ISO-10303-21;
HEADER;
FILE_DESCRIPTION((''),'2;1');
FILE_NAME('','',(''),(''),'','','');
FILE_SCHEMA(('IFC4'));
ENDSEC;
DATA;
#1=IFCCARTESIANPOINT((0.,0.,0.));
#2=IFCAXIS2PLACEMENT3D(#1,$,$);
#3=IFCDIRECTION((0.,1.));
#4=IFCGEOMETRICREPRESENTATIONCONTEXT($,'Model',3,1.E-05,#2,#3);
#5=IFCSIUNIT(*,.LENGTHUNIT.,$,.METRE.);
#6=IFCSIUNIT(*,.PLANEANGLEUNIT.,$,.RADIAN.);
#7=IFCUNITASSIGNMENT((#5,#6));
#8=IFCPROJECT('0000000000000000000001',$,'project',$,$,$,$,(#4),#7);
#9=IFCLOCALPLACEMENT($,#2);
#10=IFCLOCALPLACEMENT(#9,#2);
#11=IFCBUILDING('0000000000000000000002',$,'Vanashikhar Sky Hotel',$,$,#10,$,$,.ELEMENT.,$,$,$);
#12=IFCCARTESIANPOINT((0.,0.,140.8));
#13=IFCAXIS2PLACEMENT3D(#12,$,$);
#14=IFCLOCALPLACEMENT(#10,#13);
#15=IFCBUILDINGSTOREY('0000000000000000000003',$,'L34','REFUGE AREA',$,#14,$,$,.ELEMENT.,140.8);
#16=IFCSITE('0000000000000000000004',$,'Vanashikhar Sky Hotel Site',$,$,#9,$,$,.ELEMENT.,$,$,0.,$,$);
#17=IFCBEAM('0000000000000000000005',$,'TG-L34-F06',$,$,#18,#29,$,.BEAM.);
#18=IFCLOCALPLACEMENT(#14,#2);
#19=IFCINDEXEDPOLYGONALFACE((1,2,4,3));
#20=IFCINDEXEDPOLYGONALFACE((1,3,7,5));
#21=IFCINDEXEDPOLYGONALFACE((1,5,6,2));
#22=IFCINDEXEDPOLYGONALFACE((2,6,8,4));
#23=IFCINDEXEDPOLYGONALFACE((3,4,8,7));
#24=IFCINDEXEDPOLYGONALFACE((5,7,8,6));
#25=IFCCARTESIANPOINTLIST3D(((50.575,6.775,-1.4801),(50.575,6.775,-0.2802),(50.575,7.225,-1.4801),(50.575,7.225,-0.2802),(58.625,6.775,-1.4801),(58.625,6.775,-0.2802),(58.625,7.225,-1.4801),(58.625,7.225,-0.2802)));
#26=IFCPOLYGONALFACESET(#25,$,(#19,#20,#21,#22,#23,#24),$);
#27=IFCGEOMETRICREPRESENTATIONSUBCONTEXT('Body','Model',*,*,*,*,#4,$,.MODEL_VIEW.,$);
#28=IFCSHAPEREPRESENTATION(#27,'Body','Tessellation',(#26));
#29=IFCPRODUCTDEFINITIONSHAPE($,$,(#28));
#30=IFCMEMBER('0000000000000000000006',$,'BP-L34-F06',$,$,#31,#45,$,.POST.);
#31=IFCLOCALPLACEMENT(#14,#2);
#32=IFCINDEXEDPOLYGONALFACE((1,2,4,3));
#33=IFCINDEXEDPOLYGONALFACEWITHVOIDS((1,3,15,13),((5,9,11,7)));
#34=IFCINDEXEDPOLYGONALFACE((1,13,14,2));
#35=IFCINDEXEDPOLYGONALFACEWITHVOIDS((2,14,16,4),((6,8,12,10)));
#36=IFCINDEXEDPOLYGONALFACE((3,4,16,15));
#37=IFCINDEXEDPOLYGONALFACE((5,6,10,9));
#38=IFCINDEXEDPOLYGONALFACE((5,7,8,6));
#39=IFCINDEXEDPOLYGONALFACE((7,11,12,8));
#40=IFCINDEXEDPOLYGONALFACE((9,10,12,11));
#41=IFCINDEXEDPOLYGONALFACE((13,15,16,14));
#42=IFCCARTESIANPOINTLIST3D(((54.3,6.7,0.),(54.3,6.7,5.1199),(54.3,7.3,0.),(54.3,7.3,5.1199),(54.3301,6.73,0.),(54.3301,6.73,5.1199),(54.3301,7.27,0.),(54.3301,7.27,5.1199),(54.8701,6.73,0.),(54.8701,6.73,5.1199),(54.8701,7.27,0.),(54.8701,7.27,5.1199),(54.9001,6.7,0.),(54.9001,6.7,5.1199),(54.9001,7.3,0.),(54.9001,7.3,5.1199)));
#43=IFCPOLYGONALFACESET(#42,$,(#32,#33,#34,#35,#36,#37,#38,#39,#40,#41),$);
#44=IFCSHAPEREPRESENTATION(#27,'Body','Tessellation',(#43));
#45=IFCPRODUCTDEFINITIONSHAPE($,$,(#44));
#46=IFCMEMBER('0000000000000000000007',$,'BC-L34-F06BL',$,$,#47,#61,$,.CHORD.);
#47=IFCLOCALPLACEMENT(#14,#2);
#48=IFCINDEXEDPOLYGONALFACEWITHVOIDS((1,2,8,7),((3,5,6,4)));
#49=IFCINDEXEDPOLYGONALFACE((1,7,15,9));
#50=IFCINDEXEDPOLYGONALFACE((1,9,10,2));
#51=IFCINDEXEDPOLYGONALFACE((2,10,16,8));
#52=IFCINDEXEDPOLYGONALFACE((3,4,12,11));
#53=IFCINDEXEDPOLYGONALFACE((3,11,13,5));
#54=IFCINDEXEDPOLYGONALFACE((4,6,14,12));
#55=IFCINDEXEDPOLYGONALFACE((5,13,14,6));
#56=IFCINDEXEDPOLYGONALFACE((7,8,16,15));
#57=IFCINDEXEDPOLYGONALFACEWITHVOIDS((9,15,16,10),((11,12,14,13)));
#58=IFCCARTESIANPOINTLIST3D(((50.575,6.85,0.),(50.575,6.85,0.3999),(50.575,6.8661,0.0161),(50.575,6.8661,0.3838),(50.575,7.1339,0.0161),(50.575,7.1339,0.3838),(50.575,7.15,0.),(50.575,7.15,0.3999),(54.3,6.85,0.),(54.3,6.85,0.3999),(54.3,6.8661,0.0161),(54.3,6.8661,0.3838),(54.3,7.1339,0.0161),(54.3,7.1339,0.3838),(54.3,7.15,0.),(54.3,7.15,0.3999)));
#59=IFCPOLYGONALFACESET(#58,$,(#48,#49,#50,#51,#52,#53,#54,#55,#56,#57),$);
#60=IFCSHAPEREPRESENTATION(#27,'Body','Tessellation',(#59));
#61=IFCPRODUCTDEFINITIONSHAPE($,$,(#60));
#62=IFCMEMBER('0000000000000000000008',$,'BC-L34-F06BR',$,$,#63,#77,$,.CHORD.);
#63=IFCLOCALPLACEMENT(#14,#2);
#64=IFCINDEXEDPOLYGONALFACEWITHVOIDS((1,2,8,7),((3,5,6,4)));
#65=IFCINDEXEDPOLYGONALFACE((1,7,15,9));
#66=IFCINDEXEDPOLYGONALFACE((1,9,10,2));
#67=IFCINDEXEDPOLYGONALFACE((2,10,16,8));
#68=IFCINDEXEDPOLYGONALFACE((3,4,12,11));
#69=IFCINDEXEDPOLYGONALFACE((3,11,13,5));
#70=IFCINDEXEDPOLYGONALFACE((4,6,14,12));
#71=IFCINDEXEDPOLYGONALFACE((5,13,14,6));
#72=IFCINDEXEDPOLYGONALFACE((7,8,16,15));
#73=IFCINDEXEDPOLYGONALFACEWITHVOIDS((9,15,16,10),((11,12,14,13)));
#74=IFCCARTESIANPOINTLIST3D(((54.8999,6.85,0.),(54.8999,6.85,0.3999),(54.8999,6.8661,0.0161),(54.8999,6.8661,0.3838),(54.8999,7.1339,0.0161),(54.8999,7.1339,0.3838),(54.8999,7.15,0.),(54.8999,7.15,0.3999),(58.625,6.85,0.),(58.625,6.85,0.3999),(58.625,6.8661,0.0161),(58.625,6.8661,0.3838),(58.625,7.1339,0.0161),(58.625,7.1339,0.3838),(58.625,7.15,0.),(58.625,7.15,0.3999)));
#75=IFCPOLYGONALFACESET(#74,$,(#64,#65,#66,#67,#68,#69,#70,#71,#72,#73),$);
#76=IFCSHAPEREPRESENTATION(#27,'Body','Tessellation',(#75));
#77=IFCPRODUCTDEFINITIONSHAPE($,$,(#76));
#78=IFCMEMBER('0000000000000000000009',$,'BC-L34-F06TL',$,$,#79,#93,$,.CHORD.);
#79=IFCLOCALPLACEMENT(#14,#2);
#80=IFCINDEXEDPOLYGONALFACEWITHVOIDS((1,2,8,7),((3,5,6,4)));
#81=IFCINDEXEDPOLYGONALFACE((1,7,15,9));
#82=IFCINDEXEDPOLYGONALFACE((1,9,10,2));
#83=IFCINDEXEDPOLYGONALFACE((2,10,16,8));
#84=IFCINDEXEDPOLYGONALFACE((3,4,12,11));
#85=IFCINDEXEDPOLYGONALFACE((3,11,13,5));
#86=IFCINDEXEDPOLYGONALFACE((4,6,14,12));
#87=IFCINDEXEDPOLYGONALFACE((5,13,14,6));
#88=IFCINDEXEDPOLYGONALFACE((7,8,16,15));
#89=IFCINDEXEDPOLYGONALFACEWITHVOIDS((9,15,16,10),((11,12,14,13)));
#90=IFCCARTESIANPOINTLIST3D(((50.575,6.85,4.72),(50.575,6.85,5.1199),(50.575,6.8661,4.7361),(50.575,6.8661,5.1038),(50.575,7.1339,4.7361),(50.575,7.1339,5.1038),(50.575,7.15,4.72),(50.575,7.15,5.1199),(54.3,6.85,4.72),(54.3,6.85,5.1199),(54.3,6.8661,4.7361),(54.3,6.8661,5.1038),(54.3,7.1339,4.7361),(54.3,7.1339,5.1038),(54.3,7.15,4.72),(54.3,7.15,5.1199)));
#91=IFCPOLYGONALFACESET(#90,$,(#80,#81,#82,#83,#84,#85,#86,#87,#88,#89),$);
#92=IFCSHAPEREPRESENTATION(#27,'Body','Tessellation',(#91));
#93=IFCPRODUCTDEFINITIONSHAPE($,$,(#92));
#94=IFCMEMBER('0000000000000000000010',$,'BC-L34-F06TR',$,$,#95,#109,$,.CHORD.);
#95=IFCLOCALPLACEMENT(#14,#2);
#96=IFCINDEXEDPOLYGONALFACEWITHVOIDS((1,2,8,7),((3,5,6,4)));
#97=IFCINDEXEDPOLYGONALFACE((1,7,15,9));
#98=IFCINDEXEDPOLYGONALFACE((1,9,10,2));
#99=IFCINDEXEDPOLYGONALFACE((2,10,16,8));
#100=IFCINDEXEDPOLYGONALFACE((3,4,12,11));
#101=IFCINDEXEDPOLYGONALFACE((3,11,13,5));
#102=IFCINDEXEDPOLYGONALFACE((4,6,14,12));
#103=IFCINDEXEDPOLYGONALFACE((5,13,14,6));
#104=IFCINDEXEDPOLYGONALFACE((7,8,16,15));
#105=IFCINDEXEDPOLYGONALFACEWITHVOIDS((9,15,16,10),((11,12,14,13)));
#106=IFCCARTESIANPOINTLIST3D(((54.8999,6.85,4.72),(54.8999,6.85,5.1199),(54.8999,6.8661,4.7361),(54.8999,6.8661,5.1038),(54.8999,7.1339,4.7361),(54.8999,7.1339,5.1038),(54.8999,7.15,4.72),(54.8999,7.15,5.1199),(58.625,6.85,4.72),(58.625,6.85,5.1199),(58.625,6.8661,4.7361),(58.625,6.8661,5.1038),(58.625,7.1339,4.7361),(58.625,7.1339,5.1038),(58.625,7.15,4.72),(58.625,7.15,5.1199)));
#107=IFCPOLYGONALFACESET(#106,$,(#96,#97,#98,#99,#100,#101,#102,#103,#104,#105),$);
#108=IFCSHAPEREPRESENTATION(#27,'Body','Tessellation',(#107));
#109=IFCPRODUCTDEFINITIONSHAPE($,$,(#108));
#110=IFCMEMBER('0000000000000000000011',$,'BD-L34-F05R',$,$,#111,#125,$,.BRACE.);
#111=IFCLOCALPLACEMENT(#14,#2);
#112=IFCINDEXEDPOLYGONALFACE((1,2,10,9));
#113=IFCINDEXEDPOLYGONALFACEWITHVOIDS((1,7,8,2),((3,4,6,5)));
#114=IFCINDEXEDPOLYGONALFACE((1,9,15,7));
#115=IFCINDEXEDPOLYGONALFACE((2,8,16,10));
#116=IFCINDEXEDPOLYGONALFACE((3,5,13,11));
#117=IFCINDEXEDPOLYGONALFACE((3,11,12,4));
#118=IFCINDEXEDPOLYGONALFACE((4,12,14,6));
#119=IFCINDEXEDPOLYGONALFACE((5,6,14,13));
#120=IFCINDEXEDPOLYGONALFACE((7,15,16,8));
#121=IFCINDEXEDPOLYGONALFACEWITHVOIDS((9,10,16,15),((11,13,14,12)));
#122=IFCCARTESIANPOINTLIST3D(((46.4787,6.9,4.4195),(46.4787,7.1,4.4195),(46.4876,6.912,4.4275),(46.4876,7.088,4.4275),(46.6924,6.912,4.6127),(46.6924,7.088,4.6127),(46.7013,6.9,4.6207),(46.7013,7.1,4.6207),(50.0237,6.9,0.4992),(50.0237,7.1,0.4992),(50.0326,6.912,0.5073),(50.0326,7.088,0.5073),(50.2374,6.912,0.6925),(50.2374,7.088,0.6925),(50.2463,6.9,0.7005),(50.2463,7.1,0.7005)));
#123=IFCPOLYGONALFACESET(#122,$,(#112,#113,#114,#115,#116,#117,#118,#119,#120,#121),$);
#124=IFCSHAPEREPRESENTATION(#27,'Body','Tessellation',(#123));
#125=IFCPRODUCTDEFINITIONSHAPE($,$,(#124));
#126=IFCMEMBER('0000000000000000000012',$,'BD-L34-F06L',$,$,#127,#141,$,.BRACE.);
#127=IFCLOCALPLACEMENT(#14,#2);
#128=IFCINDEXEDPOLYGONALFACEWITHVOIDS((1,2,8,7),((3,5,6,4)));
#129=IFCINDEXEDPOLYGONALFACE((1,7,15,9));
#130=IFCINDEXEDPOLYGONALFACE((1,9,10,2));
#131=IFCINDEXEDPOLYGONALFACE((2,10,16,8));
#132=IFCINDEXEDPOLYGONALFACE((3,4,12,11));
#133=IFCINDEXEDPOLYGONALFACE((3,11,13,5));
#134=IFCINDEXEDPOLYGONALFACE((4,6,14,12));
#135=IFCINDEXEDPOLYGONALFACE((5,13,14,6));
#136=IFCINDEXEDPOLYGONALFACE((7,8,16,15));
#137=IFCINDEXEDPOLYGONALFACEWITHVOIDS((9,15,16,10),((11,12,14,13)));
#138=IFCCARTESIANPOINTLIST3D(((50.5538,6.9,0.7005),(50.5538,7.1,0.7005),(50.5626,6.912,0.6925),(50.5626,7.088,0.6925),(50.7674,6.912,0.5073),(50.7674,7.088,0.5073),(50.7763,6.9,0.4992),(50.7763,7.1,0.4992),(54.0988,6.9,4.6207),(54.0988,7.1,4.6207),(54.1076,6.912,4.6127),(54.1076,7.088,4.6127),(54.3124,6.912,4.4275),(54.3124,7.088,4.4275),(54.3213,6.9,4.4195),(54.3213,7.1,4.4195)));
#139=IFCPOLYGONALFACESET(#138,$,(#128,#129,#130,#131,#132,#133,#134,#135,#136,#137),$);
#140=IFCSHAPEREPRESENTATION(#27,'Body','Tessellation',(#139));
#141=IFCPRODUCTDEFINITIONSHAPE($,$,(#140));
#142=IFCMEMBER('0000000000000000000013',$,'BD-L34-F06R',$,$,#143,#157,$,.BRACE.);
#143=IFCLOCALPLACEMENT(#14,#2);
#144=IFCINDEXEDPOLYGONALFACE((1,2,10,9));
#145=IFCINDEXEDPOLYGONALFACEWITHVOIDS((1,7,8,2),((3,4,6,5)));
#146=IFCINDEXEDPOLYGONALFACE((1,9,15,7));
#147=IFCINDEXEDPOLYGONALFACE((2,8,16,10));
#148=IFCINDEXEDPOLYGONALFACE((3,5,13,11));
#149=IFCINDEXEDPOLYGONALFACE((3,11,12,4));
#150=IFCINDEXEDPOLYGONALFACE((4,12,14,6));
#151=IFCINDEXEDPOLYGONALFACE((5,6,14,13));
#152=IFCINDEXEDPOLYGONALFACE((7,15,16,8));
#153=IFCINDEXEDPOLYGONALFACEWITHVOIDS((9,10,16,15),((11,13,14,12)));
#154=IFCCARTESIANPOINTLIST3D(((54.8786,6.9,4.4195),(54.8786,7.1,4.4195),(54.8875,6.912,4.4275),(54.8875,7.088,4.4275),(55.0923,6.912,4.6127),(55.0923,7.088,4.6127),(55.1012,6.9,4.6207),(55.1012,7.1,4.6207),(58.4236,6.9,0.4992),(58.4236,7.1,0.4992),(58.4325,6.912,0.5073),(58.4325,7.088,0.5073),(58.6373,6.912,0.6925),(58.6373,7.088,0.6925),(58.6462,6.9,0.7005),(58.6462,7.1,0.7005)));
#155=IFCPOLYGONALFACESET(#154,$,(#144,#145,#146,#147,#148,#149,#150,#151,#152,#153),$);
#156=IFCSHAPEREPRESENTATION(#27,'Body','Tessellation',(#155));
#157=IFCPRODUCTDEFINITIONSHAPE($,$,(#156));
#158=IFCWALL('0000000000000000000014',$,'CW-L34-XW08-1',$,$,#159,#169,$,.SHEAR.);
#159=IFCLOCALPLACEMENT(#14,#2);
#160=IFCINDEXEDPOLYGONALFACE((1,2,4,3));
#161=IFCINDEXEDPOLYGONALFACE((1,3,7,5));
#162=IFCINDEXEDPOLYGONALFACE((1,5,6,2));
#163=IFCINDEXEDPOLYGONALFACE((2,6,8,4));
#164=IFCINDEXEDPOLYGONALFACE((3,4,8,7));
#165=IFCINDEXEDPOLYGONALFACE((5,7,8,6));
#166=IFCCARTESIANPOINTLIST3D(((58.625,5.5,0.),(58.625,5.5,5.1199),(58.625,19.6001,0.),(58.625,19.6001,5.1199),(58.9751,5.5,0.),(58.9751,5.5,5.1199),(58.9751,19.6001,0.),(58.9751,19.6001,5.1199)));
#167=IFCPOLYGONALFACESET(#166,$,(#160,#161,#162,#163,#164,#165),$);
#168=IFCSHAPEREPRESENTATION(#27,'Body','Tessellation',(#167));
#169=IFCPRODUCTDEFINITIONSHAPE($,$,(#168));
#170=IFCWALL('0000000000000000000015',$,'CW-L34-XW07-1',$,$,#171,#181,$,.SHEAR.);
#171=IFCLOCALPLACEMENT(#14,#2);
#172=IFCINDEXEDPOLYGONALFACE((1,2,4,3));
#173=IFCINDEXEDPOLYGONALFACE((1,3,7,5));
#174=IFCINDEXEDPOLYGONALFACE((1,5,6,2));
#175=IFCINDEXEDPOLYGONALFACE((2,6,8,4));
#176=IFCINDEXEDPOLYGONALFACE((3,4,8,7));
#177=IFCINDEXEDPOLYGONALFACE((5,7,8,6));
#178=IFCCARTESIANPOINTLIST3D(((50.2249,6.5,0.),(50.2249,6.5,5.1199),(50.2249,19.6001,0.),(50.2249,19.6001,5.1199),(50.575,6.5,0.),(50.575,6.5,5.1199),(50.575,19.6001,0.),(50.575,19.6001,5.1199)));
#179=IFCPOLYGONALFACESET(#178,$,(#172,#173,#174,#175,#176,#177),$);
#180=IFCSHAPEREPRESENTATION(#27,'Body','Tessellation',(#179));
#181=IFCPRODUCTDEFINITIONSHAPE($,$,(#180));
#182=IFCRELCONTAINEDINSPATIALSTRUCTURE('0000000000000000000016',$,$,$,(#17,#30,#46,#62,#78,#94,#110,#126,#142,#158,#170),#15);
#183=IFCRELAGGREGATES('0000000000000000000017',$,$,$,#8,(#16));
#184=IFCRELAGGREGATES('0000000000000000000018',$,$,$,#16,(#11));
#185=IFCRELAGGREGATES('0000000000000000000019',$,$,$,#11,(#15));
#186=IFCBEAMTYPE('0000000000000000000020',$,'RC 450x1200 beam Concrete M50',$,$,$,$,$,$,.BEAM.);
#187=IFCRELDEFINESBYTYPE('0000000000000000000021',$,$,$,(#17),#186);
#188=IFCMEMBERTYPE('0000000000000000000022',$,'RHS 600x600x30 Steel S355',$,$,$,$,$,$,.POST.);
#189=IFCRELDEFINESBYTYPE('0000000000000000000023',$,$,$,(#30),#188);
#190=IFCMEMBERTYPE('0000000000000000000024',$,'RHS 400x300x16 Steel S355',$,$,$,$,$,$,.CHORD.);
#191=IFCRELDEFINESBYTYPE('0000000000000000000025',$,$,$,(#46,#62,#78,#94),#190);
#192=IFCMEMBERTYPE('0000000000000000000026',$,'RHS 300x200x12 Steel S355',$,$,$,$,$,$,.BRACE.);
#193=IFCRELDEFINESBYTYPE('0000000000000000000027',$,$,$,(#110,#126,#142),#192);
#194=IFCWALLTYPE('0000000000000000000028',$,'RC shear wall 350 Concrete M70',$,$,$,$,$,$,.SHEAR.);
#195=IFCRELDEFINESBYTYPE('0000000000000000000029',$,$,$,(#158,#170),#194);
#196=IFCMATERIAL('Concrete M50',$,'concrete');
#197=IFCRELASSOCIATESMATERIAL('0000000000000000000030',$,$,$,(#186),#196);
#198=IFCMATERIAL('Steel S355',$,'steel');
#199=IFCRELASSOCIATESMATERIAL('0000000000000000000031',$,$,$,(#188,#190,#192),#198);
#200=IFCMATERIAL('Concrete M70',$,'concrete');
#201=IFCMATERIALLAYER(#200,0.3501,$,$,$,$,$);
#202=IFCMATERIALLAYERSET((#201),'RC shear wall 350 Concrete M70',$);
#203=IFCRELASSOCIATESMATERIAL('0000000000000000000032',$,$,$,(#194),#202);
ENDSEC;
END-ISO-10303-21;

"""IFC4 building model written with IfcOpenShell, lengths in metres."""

from ifc_helpers import new_model, si_unit, direction, frame, frame_2d, origin, origin_2d, place, context, subcontext, project, spatial, rectangle, hollow_rectangle, extrude, source, transform, mapped, material, layer, layer_set, material_profile, profile_set, type_object, element, save


model = new_model("IFC4")

# Units and contexts
model_context = context("Model", 3, precision=1e-05, world=origin(), true_north=direction((0.0, 1.0)))
body_context = subcontext(model_context, "Body", "Model", "MODEL_VIEW")
ifc_project = project(units=[si_unit("LENGTHUNIT", "METRE"), si_unit("PLANEANGLEUNIT", "RADIAN")], contexts=[model_context])

# Site, building, storey
site_placement = place(None, origin())
site = spatial("IfcSite", under=ifc_project, at=site_placement, Name="Vanashikhar Sky Hotel Site", CompositionType="ELEMENT", RefElevation=0.0)
building_placement = place(site_placement, origin())
building = spatial("IfcBuilding", under=site, at=building_placement, Name="Vanashikhar Sky Hotel", CompositionType="ELEMENT")
storey_placement = place(building_placement, frame((0.0, 0.0, 140.8)))
storey = spatial("IfcBuildingStorey", under=building, at=storey_placement, Name="L34", Description="REFUGE AREA", CompositionType="ELEMENT", Elevation=140.8)

# Beam
ifc_material_1 = material(Name="Concrete M50", Category="concrete")
ifc_material_profile_1 = material_profile(ifc_material_1, rectangle(XDim=0.45, YDim=1.2, at=origin_2d()))
ifc_profile_set_1 = profile_set([ifc_material_profile_1], Name="RC 450x1200 beam Concrete M50")
beam_type = type_object("IfcBeamType", Name="RC 450x1200 beam Concrete M50", PredefinedType="BEAM", material=ifc_profile_set_1)
shared_shape_1 = source(origin(), body_context, "Body", "SweptSolid", [
    extrude(rectangle(XDim=0.45, YDim=1.2, at=origin_2d()), origin(), (0.0, 0.0, 1.0), 8.05),
])
beam_placement = place(storey_placement, frame((50.575, 7.0, -0.8801), z_axis=(1.0, 0.0, 0.0), x_axis=(0.0, 1.0, 0.0)))
element("IfcBeam", 1, at=beam_placement, inside=storey, type_object=beam_type, Name="TG-L34-F06", PredefinedType="BEAM", context=body_context, shape_type="MappedRepresentation", body=[
    mapped(shared_shape_1, transform((0.0, 0.0, 0.0), scale=1.0)),
])

# Members
ifc_material_2 = material(Name="Steel S355", Category="steel")
ifc_material_profile_2 = material_profile(ifc_material_2, hollow_rectangle(XDim=0.6001, YDim=0.6001, WallThickness=0.03, at=origin_2d()))
ifc_profile_set_2 = profile_set([ifc_material_profile_2], Name="RHS 600x600x30 Steel S355")
member_type_1 = type_object("IfcMemberType", Name="RHS 600x600x30 Steel S355", PredefinedType="POST", material=ifc_profile_set_2)
shared_shape_2 = source(origin(), body_context, "Body", "SweptSolid", [
    extrude(hollow_rectangle(XDim=0.6001, YDim=0.6001, WallThickness=0.03, at=origin_2d()), origin(), (0.0, 0.0, 1.0), 5.1199),
])
member_placement = place(storey_placement, frame((54.6001, 7.0, 0.0), z_axis=(0.0, 0.0, 1.0), x_axis=(1.0, 0.0, 0.0)))
element("IfcMember", 2, at=member_placement, inside=storey, type_object=member_type_1, Name="BP-L34-F06", PredefinedType="POST", context=body_context, shape_type="MappedRepresentation", body=[
    mapped(shared_shape_2, transform((0.0, 0.0, 0.0), scale=1.0)),
])
ifc_material_profile_3 = material_profile(ifc_material_2, hollow_rectangle(XDim=0.3, YDim=0.3999, WallThickness=0.0161, at=origin_2d()))
ifc_profile_set_3 = profile_set([ifc_material_profile_3], Name="RHS 400x300x16 Steel S355")
member_type_2 = type_object("IfcMemberType", Name="RHS 400x300x16 Steel S355", PredefinedType="CHORD", material=ifc_profile_set_3)
shared_shape_3 = source(origin(), body_context, "Body", "SweptSolid", [
    extrude(hollow_rectangle(XDim=0.3, YDim=0.3999, WallThickness=0.0161, at=origin_2d()), origin(), (0.0, 0.0, 1.0), 3.7251),
])
for number, where, z_axis, x_axis, name in (
    (3, (50.575, 7.0, 0.2), (1.0, 0.0, 0.0), (0.0, 1.0, 0.0), "BC-L34-F06BL"),
    (4, (54.8999, 7.0, 0.2), (1.0, 0.0, 0.0), (0.0, 1.0, 0.0), "BC-L34-F06BR"),
    (5, (50.575, 7.0, 4.9199), (1.0, 0.0, 0.0), (0.0, 1.0, 0.0), "BC-L34-F06TL"),
    (6, (54.8999, 7.0, 4.9199), (1.0, 0.0, 0.0), (0.0, 1.0, 0.0), "BC-L34-F06TR"),
):
    element("IfcMember", number, at=place(storey_placement, frame(where, z_axis=z_axis, x_axis=x_axis)), inside=storey, type_object=member_type_2, Name=name, PredefinedType="CHORD", context=body_context, shape_type="MappedRepresentation", body=[
        mapped(shared_shape_3, transform((0.0, 0.0, 0.0), scale=1.0)),
    ])
ifc_material_profile_4 = material_profile(ifc_material_2, hollow_rectangle(XDim=0.2, YDim=0.3, WallThickness=0.012, at=origin_2d()))
ifc_profile_set_4 = profile_set([ifc_material_profile_4], Name="RHS 300x200x12 Steel S355")
member_type_3 = type_object("IfcMemberType", Name="RHS 300x200x12 Steel S355", PredefinedType="BRACE", material=ifc_profile_set_4)
shared_shape_4 = source(origin(), body_context, "Body", "SweptSolid", [
    extrude(hollow_rectangle(XDim=0.2, YDim=0.3, WallThickness=0.012, at=origin_2d()), origin(), (0.0, 0.0, 1.0), 5.2854),
])
for number, where, z_axis, x_axis, name in (
    (7, (50.135, 7.0, 0.5999), (-0.670716, 0.0, 0.741714), (0.0, -1.0, 0.0), "BD-L34-F05R"),
    (8, (50.665, 7.0, 0.5999), (0.670716, 0.0, 0.741714), (0.0, 1.0, 0.0), "BD-L34-F06L"),
    (9, (58.5349, 7.0, 0.5999), (-0.670716, 0.0, 0.741714), (0.0, -1.0, 0.0), "BD-L34-F06R"),
):
    element("IfcMember", number, at=place(storey_placement, frame(where, z_axis=z_axis, x_axis=x_axis)), inside=storey, type_object=member_type_3, Name=name, PredefinedType="BRACE", context=body_context, shape_type="MappedRepresentation", body=[
        mapped(shared_shape_4, transform((0.0, 0.0, 0.0), scale=1.0)),
    ])

# Walls
ifc_material_3 = material(Name="Concrete M70", Category="concrete")
ifc_layer_1 = layer(ifc_material_3, 0.3501)
ifc_layer_set_1 = layer_set([ifc_layer_1], Name="RC shear wall 350 Concrete M70")
wall_type = type_object("IfcWallType", Name="RC shear wall 350 Concrete M70", PredefinedType="SHEAR", material=ifc_layer_set_1)
shared_shape_5 = source(origin(), body_context, "Body", "SweptSolid", [
    extrude(rectangle(XDim=14.1001, YDim=0.3501, at=frame_2d((7.05, 0.0))), origin(), (0.0, 0.0, 1.0), 5.1199),
])
wall_1_placement = place(storey_placement, frame((58.8, 5.5, 0.0), z_axis=(0.0, 0.0, 1.0), x_axis=(0.0, 1.0, 0.0)))
element("IfcWall", 10, at=wall_1_placement, inside=storey, type_object=wall_type, Name="CW-L34-XW08-1", PredefinedType="SHEAR", context=body_context, shape_type="MappedRepresentation", body=[
    mapped(shared_shape_5, transform((0.0, 0.0, 0.0), scale=1.0)),
])
shared_shape_6 = source(origin(), body_context, "Body", "SweptSolid", [
    extrude(rectangle(XDim=13.1001, YDim=0.3501, at=frame_2d((6.55, 0.0))), origin(), (0.0, 0.0, 1.0), 5.1199),
])
wall_2_placement = place(storey_placement, frame((50.3999, 6.5, 0.0), z_axis=(0.0, 0.0, 1.0), x_axis=(0.0, 1.0, 0.0)))
element("IfcWall", 11, at=wall_2_placement, inside=storey, type_object=wall_type, Name="CW-L34-XW07-1", PredefinedType="SHEAR", context=body_context, shape_type="MappedRepresentation", body=[
    mapped(shared_shape_6, transform((0.0, 0.0, 0.0), scale=1.0)),
])

save(model, "model.ifc")
